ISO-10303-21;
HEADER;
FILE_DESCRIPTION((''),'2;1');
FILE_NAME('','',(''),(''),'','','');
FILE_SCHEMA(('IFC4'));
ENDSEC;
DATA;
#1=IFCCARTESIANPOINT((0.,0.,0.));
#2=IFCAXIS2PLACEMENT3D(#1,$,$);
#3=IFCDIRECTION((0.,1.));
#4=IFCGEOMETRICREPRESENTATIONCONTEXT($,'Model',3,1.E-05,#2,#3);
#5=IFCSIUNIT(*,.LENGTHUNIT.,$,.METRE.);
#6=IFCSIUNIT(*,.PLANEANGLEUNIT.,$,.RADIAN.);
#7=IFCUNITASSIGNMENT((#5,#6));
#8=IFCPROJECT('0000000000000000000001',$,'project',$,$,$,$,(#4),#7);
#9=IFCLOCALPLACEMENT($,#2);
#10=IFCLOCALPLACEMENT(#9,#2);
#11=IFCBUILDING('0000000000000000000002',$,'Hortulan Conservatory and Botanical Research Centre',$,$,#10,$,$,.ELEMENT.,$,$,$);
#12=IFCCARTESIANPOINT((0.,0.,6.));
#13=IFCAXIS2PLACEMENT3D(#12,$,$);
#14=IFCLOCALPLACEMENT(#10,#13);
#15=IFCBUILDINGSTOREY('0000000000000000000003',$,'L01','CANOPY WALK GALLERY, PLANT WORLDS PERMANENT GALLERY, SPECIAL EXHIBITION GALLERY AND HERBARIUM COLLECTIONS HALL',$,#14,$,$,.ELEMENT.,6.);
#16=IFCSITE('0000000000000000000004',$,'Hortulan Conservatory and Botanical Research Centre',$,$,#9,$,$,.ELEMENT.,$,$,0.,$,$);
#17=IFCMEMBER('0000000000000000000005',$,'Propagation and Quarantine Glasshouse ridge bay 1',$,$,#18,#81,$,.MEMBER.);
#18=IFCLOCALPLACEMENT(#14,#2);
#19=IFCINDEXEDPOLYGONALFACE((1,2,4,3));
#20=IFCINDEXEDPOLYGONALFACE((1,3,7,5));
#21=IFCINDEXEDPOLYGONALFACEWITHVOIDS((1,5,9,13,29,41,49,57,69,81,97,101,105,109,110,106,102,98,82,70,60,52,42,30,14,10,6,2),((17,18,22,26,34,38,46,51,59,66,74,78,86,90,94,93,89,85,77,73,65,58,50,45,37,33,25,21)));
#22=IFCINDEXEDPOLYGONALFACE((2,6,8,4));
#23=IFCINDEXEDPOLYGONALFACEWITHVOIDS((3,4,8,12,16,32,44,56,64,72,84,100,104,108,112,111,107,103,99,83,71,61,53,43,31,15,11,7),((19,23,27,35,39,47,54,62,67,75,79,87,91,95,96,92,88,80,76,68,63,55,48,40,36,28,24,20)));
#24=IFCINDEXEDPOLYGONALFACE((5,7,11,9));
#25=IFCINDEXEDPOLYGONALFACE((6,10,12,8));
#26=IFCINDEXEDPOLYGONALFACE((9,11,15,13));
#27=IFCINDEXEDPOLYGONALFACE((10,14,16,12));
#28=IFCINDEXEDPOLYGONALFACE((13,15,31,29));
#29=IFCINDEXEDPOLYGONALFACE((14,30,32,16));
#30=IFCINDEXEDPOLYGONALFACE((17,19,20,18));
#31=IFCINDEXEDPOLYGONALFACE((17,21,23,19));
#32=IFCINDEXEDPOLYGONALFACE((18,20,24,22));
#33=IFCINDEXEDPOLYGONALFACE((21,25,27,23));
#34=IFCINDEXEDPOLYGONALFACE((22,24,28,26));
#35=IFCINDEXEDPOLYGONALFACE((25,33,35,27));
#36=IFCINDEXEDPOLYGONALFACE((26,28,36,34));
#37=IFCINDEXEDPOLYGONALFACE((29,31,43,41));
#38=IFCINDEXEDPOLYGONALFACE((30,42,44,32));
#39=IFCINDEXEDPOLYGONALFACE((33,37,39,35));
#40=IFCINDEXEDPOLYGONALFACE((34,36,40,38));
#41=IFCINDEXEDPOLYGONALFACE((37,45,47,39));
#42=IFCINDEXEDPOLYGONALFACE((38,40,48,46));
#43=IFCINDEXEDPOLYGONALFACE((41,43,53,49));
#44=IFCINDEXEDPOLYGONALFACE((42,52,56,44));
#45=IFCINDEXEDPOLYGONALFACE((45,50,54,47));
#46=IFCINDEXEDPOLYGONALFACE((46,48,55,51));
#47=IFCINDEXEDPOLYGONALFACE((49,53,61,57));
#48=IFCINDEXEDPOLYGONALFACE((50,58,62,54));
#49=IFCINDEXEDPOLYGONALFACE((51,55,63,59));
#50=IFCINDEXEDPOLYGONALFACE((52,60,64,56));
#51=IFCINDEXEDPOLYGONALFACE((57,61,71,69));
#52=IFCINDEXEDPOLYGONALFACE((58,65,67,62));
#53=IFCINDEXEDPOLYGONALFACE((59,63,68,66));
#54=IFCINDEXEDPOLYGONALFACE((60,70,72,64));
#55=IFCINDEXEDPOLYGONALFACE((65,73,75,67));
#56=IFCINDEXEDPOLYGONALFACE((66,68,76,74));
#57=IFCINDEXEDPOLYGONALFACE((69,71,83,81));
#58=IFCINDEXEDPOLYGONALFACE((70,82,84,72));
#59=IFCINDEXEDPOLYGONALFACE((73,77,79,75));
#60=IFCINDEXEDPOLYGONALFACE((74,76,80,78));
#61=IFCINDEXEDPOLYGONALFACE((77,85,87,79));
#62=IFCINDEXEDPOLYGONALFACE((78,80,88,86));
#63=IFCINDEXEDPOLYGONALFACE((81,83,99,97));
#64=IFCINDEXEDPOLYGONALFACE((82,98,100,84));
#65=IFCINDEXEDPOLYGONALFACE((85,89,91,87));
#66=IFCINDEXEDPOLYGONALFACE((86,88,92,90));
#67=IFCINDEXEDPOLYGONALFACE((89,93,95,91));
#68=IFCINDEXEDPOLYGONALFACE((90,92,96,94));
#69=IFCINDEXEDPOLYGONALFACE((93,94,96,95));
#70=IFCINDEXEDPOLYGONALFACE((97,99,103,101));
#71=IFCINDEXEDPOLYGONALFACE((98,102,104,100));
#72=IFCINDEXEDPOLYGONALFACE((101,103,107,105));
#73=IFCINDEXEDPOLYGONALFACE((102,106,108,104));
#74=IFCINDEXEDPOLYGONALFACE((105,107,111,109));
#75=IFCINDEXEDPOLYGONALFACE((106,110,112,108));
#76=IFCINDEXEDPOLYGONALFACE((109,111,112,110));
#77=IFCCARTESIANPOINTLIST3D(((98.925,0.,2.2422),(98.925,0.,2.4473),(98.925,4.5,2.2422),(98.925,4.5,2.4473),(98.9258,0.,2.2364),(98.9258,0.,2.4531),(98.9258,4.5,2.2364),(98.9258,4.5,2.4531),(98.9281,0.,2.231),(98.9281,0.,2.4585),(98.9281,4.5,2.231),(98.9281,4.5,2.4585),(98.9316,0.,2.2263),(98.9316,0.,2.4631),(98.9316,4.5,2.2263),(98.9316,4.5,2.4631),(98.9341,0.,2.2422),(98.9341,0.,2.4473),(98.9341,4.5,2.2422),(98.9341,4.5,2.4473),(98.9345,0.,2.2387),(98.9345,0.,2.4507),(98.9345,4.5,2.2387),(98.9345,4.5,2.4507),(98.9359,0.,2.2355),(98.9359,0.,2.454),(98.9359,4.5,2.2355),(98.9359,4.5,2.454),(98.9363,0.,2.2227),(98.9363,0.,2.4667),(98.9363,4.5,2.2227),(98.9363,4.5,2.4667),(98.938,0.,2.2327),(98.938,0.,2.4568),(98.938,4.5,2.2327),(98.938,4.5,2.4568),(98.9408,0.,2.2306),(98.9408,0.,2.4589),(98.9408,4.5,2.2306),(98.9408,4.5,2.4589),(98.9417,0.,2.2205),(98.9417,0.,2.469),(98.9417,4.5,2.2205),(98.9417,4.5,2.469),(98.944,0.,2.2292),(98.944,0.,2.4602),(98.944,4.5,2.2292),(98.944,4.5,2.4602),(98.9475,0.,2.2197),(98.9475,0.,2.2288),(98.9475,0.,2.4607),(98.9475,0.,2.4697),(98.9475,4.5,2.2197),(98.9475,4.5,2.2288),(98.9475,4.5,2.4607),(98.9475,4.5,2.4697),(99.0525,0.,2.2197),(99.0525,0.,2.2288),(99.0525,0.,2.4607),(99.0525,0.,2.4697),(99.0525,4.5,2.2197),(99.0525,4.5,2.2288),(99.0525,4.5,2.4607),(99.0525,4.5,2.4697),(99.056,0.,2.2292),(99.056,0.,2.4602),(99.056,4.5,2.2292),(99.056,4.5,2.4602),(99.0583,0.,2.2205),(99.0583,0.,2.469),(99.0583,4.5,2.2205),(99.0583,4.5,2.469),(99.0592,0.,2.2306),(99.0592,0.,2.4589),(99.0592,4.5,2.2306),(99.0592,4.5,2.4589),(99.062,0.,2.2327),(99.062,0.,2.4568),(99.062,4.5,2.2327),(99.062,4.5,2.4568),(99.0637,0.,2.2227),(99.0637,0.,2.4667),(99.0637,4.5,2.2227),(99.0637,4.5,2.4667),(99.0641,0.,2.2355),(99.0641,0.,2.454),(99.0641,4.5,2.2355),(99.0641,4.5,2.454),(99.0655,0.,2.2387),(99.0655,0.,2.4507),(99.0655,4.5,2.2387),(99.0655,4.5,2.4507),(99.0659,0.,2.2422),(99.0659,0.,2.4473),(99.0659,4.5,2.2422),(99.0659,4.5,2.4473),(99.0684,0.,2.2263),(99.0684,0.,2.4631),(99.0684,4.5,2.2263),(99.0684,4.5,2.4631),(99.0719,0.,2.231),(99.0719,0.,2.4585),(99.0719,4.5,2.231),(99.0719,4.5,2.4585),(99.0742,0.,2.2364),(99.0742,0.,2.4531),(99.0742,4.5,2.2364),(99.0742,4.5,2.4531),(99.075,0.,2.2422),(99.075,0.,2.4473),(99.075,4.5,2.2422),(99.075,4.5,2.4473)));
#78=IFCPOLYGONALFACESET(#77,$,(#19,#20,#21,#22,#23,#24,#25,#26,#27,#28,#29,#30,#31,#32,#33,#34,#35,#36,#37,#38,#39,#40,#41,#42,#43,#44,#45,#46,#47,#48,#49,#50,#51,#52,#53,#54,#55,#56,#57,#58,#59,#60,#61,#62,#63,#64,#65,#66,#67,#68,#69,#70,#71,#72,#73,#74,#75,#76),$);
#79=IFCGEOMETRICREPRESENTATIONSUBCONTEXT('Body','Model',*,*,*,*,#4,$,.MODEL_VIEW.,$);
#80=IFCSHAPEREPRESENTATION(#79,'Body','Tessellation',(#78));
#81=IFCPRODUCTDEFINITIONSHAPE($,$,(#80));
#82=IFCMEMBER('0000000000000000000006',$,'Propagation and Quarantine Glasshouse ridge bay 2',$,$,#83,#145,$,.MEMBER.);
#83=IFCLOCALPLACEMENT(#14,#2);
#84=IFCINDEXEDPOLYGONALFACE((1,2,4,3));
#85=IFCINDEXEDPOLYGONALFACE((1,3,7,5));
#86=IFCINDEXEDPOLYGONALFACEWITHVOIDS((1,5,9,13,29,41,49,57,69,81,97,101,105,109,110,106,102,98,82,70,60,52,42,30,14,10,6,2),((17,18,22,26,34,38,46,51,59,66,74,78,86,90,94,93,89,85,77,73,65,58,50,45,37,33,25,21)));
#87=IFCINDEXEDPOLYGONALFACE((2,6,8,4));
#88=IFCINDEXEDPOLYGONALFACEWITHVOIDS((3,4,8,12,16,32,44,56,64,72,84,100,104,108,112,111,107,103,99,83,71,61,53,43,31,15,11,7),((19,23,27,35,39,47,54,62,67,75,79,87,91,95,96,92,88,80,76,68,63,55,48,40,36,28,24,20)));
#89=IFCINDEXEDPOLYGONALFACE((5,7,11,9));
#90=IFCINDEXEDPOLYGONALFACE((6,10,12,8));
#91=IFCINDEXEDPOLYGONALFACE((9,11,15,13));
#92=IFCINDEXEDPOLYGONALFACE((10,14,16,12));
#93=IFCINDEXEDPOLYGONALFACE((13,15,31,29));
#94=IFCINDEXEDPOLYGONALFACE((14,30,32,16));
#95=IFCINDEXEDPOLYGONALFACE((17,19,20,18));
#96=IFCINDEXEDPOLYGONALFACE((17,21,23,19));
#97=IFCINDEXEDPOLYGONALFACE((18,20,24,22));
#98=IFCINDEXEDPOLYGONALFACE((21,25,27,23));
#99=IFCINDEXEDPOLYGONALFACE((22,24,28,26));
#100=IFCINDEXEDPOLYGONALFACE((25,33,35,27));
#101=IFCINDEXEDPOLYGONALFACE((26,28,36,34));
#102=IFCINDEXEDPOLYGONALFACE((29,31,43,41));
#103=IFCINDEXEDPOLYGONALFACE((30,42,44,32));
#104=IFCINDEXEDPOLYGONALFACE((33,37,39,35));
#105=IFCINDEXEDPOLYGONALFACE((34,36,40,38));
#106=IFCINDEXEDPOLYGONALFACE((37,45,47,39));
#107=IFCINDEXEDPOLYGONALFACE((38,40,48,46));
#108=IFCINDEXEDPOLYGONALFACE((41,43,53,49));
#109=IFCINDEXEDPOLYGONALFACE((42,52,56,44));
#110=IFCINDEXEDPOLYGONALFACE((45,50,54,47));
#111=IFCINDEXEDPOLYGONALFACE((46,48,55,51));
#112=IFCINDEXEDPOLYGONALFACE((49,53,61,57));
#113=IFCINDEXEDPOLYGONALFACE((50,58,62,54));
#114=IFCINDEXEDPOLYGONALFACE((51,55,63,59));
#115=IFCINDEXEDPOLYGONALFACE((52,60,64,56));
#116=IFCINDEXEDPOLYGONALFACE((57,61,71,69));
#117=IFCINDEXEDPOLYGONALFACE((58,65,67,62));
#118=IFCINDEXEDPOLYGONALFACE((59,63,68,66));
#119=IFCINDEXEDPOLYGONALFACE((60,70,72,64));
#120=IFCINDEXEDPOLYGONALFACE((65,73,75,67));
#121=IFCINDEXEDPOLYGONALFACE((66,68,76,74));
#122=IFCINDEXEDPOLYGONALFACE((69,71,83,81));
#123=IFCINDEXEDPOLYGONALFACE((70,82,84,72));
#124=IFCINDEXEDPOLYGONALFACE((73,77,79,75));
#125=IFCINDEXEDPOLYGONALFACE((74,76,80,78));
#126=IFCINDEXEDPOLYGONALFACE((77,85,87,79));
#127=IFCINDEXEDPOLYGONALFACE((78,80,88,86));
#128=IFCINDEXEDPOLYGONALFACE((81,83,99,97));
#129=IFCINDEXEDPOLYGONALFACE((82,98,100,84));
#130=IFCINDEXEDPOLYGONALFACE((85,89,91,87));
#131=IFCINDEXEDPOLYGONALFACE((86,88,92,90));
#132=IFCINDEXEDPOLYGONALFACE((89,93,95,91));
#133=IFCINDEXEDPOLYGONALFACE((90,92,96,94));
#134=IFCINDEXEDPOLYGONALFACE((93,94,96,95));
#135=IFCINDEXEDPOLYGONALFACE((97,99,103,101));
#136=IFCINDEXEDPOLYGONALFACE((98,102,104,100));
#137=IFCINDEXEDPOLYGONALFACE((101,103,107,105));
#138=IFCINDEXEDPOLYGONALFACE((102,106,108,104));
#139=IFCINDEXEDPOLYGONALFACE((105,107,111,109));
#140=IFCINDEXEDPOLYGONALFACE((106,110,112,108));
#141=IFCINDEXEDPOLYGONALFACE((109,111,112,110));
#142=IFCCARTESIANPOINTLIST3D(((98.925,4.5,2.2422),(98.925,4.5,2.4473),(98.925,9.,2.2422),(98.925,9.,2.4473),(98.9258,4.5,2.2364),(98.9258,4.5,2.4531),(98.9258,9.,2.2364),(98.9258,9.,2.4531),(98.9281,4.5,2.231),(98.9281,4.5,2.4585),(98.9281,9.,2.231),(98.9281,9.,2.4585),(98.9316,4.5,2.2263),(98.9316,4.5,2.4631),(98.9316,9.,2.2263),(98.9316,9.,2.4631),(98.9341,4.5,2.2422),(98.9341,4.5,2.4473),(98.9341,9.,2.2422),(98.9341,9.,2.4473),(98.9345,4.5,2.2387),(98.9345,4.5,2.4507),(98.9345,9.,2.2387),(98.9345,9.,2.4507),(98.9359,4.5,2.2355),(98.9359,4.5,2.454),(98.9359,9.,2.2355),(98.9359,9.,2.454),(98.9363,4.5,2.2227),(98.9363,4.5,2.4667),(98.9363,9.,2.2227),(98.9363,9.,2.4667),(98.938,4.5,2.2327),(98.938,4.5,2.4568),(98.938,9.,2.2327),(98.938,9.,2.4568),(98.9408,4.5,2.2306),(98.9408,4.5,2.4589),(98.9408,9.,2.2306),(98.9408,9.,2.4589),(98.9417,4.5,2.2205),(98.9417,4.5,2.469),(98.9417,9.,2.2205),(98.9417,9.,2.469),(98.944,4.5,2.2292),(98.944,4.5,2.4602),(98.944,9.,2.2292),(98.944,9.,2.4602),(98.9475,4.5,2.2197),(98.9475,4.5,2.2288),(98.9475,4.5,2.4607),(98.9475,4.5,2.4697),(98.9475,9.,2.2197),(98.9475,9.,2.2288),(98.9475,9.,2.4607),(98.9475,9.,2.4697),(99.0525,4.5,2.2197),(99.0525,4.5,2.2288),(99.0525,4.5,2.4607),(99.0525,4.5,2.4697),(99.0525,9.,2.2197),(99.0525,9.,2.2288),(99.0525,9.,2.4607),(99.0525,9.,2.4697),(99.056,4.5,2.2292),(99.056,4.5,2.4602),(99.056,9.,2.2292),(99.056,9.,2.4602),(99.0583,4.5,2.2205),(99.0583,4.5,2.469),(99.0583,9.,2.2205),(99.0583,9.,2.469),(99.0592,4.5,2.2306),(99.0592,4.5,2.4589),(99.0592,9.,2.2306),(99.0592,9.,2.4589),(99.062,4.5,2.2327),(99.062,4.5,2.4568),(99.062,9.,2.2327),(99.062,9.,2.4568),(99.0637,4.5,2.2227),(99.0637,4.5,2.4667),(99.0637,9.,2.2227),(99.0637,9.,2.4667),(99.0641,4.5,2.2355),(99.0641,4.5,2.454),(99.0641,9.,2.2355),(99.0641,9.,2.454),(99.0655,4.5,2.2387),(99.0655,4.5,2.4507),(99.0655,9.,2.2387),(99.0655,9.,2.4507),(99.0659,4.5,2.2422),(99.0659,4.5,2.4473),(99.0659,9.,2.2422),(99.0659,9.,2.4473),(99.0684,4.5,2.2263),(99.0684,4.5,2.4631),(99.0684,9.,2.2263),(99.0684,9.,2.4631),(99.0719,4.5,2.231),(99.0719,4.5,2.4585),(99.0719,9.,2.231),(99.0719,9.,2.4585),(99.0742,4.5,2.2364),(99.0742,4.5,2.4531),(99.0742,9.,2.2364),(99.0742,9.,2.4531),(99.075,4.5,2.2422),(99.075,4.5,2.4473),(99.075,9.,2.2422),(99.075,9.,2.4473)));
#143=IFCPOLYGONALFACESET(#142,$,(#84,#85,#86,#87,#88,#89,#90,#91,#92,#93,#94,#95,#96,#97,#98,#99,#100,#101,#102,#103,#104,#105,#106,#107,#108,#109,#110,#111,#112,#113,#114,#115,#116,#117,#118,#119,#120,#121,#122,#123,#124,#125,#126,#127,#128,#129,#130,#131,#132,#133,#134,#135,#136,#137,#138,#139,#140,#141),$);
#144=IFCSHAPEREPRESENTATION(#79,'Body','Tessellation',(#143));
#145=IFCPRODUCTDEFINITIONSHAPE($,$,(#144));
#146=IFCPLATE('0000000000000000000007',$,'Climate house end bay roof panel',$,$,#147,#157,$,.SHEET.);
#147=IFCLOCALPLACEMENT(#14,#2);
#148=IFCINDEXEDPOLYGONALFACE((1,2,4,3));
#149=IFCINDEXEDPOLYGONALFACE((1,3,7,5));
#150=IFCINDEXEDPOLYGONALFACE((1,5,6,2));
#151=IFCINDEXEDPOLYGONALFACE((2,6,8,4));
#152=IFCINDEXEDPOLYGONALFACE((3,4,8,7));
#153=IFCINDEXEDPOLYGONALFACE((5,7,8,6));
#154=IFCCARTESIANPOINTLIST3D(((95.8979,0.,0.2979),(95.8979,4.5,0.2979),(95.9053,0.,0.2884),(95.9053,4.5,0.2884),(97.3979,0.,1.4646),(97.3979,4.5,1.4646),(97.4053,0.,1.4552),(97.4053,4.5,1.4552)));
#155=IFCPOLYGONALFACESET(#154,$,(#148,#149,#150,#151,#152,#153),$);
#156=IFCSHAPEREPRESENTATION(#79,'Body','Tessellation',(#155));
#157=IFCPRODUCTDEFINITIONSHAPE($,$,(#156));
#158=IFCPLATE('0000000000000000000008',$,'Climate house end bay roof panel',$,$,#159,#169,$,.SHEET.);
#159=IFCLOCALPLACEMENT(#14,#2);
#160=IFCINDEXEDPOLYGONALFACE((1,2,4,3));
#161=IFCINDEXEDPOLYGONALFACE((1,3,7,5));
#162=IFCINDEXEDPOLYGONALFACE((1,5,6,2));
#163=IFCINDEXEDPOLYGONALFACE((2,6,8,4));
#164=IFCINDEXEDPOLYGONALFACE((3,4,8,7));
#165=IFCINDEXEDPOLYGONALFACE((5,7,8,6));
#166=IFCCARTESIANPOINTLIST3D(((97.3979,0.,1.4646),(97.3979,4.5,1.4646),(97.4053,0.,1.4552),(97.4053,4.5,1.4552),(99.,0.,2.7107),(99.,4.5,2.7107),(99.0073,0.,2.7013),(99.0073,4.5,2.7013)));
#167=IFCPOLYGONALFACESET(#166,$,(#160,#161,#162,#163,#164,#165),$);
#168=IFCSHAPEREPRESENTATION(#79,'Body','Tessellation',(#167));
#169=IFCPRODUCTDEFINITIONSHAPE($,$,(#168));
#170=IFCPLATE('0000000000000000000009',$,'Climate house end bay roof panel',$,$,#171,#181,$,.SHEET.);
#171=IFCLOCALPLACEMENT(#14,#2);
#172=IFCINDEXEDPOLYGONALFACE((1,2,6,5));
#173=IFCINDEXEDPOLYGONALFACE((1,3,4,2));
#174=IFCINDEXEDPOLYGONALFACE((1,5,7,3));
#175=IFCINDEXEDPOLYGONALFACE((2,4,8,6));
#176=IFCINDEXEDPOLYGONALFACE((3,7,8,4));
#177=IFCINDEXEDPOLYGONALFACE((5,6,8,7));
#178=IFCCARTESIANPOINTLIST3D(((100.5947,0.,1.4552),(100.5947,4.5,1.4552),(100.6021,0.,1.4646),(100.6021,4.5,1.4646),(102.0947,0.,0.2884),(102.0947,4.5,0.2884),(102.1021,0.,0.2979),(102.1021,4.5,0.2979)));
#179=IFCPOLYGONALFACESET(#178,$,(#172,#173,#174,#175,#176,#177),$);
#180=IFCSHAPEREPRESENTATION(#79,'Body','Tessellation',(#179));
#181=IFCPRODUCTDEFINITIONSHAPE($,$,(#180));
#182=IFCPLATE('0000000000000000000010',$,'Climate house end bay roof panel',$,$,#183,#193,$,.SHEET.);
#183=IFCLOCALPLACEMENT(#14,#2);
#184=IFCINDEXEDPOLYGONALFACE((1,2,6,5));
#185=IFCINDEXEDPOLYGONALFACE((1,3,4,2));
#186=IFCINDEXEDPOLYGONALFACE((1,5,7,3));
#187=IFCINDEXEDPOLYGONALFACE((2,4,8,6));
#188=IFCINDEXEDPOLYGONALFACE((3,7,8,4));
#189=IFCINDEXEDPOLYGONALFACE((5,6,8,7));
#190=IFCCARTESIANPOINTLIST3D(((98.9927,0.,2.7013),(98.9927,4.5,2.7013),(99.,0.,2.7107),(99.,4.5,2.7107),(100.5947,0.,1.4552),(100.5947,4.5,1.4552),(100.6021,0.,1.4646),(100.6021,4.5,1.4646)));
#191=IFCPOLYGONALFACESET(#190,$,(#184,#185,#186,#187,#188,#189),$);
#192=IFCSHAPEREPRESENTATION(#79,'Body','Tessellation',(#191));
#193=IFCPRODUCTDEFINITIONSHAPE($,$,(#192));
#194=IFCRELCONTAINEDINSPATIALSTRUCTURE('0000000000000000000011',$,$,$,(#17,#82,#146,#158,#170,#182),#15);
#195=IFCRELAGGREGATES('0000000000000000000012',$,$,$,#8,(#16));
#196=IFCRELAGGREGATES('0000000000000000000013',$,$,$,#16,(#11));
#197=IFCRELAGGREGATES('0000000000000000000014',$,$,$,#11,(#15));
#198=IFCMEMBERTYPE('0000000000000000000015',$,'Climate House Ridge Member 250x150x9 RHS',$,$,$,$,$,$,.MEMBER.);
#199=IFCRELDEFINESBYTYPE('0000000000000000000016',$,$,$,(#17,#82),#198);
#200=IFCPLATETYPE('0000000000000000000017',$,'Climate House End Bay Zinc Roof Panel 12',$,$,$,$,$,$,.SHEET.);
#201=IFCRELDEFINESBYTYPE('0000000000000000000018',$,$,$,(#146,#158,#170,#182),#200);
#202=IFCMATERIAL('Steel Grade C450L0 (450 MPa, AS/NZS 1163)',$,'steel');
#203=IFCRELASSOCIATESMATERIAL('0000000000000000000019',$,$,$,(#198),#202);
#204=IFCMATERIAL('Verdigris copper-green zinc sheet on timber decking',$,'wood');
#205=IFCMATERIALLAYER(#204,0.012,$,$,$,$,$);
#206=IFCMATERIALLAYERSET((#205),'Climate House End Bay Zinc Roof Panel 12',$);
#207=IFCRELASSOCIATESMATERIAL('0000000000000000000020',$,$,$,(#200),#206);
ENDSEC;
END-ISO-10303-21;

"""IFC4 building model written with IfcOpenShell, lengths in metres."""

from ifc_helpers import new_model, si_unit, direction, frame, origin, origin_2d, place, context, subcontext, project, spatial, polyline, hollow_rectangle, outline, extrude, material, layer, layer_set, material_profile, profile_set, type_object, element, save


model = new_model("IFC4")

# Units and contexts
model_context = context("Model", 3, precision=1e-05, world=origin(), true_north=direction((0.0, 1.0)))
body_context = subcontext(model_context, "Body", "Model", "MODEL_VIEW")
ifc_project = project(units=[si_unit("LENGTHUNIT", "METRE"), si_unit("PLANEANGLEUNIT", "RADIAN")], contexts=[model_context])

# Site, building, storey
site_placement = place(None, origin())
site = spatial("IfcSite", under=ifc_project, at=site_placement, Name="Hortulan Conservatory and Botanical Research Centre", CompositionType="ELEMENT", RefElevation=0.0)
building_placement = place(site_placement, origin())
building = spatial("IfcBuilding", under=site, at=building_placement, Name="Hortulan Conservatory and Botanical Research Centre", CompositionType="ELEMENT")
storey_placement = place(building_placement, frame((0.0, 0.0, 6.0)))
storey = spatial("IfcBuildingStorey", under=building, at=storey_placement, Name="L01", Description="CANOPY WALK GALLERY, PLANT WORLDS PERMANENT GALLERY, SPECIAL EXHIBITION GALLERY AND HERBARIUM COLLECTIONS HALL", CompositionType="ELEMENT", Elevation=6.0)

# Shared definitions
ifc_material_1 = material(Name="Steel Grade C450L0 (450 MPa, AS/NZS 1163)", Category="steel")

# Members
ifc_material_profile_1 = material_profile(ifc_material_1, hollow_rectangle(XDim=0.1499, YDim=0.25, WallThickness=0.009, InnerFilletRadius=0.0134, OuterFilletRadius=0.0225, at=origin_2d()), Name="250x150x9RHS")
ifc_profile_set_1 = profile_set([ifc_material_profile_1], Name="Steel Grade C450L0 (450 MPa, AS/NZS 1163)")
member_type_1 = type_object("IfcMemberType", Name="Climate House Ridge Member 250x150x9 RHS", PredefinedType="MEMBER", material=ifc_profile_set_1)
for number, where, z_axis, x_axis, name in (
    (1, (99.0, 0.0, 2.3447), (0.0, 1.0, 0.0), (-1.0, 0.0, 0.0), "Propagation and Quarantine Glasshouse ridge bay 1"),
    (2, (99.0, 4.5, 2.3447), (0.0, 1.0, 0.0), (-1.0, 0.0, 0.0), "Propagation and Quarantine Glasshouse ridge bay 2"),
):
    element("IfcMember", number, at=place(storey_placement, frame(where, z_axis=z_axis, x_axis=x_axis)), inside=storey, type_object=member_type_1, Name=name, PredefinedType="MEMBER", context=body_context, shape_type="SweptSolid", body=[
        extrude(hollow_rectangle(XDim=0.1499, YDim=0.25, WallThickness=0.009, InnerFilletRadius=0.0134, OuterFilletRadius=0.0225, at=origin_2d()), origin(), (0.0, 0.0, 1.0), 4.5),
    ])

# Plates
ifc_material_2 = material(Name="Verdigris copper-green zinc sheet on timber decking", Category="wood")
ifc_layer_1 = layer(ifc_material_2, 0.012)
ifc_layer_set_1 = layer_set([ifc_layer_1], Name="Climate House End Bay Zinc Roof Panel 12")
plate_type_1 = type_object("IfcPlateType", Name="Climate House End Bay Zinc Roof Panel 12", PredefinedType="SHEET", material=ifc_layer_set_1)
plate_1_placement = place(storey_placement, frame((95.8979, 0.0, 0.2979), z_axis=(-0.613967, 0.0, 0.789331), x_axis=(0.789331, 0.0, 0.613967)))
element("IfcPlate", 3, at=plate_1_placement, inside=storey, type_object=plate_type_1, Name="Climate house end bay roof panel", PredefinedType="SHEET", context=body_context, shape_type="SweptSolid", body=[
    extrude(outline(polyline([(0.0, 0.0), (1.9003, 0.0), (1.9003, 4.5), (0.0, 4.5), (0.0, 0.0)])), origin(), (0.0, 0.0, -1.0), 0.012),
])
plate_2_placement = place(storey_placement, frame((97.3979, 0.0, 1.4646), z_axis=(-0.613957, 0.0, 0.789339), x_axis=(0.789339, 0.0, 0.613957)))
element("IfcPlate", 4, at=plate_2_placement, inside=storey, type_object=plate_type_1, Name="Climate house end bay roof panel", PredefinedType="SHEET", context=body_context, shape_type="SweptSolid", body=[
    extrude(outline(polyline([(0.0, 0.0), (2.0296, 0.0), (2.0296, 4.5), (0.0, 4.5), (0.0, 0.0)])), origin(), (0.0, 0.0, -1.0), 0.012),
])
plate_3_placement = place(storey_placement, frame((102.1021, 4.5, 0.2979), z_axis=(0.613967, 0.0, 0.789331), x_axis=(-0.789331, 0.0, 0.613967)))
element("IfcPlate", 5, at=plate_3_placement, inside=storey, type_object=plate_type_1, Name="Climate house end bay roof panel", PredefinedType="SHEET", context=body_context, shape_type="SweptSolid", body=[
    extrude(outline(polyline([(0.0, 0.0), (1.9003, 0.0), (1.9003, 4.5), (0.0, 4.5), (0.0, 0.0)])), origin(), (0.0, 0.0, -1.0), 0.012),
])
plate_4_placement = place(storey_placement, frame((100.6021, 4.5, 1.4646), z_axis=(0.613957, 0.0, 0.789339), x_axis=(-0.789339, 0.0, 0.613957)))
element("IfcPlate", 6, at=plate_4_placement, inside=storey, type_object=plate_type_1, Name="Climate house end bay roof panel", PredefinedType="SHEET", context=body_context, shape_type="SweptSolid", body=[
    extrude(outline(polyline([(0.0, 0.0), (2.0296, 0.0), (2.0296, 4.5), (0.0, 4.5), (0.0, 0.0)])), origin(), (0.0, 0.0, -1.0), 0.012),
])

save(model, "model.ifc")
